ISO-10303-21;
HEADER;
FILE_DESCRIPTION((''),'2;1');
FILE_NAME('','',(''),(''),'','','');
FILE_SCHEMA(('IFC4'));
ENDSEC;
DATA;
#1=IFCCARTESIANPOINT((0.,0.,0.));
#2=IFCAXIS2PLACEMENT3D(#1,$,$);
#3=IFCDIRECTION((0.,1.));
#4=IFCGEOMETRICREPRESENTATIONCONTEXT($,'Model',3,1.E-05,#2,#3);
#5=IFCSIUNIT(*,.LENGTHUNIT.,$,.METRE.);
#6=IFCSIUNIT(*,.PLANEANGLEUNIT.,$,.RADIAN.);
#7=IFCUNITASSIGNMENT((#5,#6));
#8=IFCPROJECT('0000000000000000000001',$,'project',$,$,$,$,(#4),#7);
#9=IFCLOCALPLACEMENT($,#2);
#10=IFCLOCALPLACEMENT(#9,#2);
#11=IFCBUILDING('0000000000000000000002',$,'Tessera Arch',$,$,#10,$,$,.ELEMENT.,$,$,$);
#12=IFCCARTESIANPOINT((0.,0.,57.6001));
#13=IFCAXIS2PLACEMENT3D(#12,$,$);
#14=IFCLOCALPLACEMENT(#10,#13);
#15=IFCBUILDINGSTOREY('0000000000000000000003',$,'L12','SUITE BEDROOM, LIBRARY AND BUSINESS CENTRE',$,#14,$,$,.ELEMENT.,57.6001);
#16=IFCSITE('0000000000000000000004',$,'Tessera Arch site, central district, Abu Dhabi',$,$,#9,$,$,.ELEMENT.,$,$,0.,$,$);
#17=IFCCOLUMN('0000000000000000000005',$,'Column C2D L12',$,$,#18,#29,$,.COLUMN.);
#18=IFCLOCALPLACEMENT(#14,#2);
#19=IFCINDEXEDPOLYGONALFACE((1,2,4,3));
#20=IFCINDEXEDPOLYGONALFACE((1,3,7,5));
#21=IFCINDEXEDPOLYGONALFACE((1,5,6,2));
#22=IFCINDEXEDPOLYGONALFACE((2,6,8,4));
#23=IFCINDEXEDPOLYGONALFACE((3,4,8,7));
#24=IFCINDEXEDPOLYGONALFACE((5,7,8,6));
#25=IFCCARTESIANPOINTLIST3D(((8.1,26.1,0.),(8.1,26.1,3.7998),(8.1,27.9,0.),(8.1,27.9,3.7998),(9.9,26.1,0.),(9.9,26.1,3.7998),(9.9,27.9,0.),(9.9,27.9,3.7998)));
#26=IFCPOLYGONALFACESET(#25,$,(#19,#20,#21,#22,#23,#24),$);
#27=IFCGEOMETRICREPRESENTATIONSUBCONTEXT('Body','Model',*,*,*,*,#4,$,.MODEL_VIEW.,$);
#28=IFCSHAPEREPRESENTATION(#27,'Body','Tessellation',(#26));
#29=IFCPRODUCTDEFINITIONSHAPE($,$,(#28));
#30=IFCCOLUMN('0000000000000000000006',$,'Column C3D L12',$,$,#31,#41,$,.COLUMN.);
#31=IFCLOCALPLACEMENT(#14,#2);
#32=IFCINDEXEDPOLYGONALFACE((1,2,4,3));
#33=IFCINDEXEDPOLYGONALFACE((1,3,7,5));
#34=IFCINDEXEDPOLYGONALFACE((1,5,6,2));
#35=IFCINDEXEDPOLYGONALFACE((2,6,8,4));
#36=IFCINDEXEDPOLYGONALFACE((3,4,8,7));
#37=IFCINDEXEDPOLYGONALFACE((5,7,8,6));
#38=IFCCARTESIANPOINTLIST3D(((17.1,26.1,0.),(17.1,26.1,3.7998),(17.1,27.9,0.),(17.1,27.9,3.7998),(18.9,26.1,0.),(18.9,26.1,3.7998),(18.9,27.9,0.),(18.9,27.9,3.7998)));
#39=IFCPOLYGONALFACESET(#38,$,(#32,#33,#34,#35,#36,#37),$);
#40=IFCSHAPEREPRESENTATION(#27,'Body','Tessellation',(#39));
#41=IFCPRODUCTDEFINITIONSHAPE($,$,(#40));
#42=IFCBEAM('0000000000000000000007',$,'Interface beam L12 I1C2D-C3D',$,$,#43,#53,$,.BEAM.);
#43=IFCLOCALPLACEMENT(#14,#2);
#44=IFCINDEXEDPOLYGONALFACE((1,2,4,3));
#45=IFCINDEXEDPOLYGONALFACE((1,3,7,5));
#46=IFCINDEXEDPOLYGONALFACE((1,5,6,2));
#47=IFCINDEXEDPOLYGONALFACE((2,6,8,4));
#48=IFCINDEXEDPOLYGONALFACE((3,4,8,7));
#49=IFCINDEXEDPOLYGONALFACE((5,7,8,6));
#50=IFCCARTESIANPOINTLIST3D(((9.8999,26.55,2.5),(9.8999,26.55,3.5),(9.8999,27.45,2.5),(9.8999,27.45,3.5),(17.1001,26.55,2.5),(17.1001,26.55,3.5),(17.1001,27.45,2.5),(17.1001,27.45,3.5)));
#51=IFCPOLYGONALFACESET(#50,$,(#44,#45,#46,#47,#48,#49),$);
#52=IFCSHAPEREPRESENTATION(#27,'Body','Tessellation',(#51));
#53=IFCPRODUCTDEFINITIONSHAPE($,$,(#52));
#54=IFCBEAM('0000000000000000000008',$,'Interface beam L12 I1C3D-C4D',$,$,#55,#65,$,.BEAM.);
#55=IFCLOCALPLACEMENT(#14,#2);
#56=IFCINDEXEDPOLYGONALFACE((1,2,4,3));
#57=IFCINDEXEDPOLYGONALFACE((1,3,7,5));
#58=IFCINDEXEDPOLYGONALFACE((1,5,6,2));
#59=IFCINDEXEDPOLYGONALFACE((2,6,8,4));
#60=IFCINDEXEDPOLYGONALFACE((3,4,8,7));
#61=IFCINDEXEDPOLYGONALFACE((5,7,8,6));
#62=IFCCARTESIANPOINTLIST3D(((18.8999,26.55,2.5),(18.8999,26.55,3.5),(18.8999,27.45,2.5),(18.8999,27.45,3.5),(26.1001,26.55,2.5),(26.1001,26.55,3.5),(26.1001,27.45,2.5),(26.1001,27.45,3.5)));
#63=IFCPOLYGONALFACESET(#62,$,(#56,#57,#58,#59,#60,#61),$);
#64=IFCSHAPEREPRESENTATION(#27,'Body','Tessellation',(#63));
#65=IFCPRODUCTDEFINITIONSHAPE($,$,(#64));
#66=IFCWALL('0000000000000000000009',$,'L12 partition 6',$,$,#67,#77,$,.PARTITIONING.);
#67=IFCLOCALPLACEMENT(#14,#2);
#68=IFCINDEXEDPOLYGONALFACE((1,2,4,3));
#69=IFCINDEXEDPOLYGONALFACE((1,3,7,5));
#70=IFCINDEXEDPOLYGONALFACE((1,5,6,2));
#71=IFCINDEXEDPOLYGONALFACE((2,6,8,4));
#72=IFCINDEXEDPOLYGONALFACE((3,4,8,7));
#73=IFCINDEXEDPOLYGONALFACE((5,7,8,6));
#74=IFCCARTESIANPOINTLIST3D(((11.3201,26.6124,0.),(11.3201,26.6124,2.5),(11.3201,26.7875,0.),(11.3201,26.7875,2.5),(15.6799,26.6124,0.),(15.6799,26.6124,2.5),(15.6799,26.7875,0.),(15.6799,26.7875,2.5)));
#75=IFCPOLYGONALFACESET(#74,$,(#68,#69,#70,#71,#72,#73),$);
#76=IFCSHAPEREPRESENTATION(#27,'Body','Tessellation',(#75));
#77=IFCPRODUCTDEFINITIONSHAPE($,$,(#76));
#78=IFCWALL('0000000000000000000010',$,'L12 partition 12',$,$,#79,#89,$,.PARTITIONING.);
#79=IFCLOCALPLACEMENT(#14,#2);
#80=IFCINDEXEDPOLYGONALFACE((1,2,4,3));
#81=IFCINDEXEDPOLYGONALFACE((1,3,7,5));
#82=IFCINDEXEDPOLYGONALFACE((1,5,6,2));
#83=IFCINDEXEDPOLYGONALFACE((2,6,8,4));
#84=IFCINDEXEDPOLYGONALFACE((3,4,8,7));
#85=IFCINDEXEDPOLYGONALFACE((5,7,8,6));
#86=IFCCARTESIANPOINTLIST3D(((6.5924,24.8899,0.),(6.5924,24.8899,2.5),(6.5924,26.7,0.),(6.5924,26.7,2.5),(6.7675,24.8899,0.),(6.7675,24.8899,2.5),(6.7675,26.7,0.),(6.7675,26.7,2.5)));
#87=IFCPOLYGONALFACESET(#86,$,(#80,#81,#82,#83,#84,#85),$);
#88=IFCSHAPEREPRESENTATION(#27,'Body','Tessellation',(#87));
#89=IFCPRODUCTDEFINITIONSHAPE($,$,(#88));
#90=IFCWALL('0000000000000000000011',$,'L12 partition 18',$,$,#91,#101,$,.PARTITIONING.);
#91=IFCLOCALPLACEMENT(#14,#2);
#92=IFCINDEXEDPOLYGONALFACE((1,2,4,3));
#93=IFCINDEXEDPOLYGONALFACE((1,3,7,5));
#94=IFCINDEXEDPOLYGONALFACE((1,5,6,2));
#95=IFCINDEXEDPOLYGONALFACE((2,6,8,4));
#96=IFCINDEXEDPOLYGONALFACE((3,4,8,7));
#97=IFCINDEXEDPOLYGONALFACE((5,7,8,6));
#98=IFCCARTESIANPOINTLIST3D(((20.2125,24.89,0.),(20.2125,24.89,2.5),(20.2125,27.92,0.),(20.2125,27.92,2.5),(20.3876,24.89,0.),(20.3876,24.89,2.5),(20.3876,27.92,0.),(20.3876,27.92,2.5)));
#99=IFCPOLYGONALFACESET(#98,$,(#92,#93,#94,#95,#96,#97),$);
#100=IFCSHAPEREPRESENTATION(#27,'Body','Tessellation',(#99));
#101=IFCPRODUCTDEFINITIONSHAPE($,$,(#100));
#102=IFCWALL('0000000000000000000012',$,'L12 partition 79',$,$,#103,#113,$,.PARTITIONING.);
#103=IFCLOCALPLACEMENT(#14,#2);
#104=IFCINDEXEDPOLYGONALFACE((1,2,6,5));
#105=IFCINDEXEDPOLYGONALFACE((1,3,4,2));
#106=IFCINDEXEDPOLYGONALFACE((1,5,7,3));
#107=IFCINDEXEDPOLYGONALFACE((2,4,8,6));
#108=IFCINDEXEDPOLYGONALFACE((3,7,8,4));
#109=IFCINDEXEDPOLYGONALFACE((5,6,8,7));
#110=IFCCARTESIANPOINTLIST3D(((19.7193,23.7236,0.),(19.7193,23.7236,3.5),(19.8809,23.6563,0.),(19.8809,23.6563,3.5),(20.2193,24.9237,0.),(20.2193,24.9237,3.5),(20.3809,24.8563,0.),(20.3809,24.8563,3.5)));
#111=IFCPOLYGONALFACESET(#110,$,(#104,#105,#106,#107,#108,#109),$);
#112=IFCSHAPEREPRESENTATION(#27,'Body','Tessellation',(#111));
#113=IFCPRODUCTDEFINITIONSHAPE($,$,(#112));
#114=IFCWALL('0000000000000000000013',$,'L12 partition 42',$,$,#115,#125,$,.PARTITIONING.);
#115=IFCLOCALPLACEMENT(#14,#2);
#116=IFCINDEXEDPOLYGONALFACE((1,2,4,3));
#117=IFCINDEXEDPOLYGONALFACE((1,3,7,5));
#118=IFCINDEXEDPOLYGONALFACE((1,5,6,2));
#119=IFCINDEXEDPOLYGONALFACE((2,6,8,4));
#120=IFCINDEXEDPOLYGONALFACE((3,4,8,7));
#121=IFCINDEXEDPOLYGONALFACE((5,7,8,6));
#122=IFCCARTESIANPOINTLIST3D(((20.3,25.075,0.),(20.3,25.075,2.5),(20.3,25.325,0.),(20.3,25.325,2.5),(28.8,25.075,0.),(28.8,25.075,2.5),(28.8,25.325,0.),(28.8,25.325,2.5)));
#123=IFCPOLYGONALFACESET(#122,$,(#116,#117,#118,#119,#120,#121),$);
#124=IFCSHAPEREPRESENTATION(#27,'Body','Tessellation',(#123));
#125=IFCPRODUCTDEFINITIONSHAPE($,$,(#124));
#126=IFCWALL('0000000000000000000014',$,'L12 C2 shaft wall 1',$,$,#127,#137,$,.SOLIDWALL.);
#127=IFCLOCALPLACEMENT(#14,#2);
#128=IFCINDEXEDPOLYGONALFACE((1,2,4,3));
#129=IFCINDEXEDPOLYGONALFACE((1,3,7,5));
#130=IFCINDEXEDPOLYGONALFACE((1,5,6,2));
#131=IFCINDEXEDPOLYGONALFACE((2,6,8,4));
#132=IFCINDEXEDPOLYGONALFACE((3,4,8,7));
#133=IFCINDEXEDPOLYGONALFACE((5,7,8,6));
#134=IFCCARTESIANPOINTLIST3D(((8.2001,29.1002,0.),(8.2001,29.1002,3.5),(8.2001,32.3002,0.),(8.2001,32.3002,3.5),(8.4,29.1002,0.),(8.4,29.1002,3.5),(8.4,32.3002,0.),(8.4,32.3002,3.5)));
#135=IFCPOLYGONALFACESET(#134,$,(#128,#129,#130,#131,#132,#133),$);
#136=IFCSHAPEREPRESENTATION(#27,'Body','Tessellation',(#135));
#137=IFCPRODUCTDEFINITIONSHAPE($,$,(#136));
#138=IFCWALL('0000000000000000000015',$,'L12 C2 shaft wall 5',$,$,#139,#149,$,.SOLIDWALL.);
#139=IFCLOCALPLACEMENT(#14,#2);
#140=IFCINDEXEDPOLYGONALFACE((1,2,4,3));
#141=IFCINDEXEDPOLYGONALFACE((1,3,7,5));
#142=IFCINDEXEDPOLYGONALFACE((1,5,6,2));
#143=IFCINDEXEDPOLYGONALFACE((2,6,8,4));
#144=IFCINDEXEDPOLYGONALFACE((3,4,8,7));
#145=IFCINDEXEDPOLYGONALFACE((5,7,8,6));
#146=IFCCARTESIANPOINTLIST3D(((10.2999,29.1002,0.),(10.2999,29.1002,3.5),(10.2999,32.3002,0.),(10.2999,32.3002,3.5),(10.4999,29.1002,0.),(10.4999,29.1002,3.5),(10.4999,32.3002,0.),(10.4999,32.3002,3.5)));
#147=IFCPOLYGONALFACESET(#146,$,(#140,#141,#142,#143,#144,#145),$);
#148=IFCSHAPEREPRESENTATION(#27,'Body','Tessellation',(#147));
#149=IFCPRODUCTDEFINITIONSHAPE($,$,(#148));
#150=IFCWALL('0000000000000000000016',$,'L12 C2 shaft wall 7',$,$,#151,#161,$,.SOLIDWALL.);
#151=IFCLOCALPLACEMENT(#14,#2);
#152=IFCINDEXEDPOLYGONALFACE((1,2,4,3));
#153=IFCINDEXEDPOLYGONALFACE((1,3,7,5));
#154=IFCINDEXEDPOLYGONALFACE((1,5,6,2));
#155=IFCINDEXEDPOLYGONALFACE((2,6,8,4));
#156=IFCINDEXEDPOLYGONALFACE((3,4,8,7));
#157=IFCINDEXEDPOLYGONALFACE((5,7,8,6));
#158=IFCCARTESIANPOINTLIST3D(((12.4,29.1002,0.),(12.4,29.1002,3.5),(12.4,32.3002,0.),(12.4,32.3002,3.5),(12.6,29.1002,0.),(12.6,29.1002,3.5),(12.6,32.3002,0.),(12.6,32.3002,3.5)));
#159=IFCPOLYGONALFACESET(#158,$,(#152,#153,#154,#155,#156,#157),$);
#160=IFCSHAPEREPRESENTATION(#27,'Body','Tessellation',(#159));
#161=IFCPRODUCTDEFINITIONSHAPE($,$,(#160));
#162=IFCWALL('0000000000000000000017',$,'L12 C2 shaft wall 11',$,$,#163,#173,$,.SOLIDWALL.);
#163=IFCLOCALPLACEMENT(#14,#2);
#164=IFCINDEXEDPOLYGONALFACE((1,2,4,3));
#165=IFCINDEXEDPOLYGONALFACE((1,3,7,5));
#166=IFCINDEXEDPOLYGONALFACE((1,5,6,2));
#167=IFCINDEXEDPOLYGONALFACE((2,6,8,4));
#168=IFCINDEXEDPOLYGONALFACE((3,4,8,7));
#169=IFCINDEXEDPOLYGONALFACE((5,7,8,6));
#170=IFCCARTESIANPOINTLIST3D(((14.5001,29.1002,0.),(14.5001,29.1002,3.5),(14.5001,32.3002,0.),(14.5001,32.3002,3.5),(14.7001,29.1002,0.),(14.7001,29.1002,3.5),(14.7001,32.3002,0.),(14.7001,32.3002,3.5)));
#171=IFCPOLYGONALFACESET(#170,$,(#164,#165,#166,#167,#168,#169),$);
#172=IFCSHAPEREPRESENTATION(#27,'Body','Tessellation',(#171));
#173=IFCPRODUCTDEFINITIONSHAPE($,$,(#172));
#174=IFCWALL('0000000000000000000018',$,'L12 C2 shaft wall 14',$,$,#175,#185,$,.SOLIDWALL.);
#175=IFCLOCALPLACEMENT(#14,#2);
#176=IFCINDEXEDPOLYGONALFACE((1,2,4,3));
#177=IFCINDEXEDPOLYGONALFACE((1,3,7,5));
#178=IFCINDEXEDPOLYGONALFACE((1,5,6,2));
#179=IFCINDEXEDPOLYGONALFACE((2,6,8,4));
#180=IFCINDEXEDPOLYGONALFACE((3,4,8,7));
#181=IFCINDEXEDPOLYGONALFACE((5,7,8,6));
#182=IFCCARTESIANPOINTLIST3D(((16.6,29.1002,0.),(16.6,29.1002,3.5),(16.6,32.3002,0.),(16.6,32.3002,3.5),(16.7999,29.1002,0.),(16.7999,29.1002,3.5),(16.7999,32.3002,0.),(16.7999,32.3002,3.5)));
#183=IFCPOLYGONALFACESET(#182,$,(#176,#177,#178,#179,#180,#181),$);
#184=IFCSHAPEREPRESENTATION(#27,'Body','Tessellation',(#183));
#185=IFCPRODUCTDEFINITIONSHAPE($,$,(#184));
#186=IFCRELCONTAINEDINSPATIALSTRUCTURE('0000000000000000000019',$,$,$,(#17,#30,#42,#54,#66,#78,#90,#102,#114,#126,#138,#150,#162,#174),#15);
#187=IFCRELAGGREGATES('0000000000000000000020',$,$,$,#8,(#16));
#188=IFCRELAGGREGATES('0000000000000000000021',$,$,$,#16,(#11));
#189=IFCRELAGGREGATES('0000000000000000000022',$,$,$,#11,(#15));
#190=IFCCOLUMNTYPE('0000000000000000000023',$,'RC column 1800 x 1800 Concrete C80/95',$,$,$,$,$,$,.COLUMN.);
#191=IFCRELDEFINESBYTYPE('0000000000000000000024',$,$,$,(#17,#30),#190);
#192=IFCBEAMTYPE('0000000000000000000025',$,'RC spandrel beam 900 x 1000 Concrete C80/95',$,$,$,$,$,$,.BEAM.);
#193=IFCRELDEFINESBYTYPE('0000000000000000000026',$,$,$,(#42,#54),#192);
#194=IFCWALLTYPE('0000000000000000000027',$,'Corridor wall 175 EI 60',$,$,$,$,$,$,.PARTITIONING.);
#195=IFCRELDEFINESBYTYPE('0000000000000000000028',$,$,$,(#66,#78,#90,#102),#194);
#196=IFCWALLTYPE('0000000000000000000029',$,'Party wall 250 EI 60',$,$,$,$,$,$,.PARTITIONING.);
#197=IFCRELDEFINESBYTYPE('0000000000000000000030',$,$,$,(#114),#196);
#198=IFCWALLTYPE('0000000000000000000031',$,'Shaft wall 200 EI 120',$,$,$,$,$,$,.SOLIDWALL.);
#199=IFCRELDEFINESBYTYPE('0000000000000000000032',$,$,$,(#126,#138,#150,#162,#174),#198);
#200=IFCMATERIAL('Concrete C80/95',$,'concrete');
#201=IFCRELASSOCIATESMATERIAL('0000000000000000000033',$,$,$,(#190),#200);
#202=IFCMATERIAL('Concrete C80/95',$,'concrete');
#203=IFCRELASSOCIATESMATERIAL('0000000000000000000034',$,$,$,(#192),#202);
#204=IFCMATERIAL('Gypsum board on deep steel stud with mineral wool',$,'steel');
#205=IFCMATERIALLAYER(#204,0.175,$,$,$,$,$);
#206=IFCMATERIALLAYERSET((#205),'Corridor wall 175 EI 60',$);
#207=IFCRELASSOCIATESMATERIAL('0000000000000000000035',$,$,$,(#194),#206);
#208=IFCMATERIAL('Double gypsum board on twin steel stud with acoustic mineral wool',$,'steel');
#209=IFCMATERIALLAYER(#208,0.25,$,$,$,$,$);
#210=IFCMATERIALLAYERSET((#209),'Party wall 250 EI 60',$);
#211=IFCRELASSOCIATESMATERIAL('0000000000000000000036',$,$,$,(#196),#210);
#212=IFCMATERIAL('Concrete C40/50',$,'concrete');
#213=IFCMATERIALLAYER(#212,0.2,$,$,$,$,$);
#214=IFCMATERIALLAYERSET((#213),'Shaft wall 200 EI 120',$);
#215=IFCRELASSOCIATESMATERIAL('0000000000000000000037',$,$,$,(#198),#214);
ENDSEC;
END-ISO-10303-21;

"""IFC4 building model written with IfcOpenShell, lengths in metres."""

from ifc_helpers import new_model, si_unit, direction, frame, frame_2d, origin, origin_2d, place, context, subcontext, project, spatial, rectangle, extrude, material, layer, layer_set, material_profile, profile_set, type_object, element, save


model = new_model("IFC4")

# Units and contexts
model_context = context("Model", 3, precision=1e-05, world=origin(), true_north=direction((0.0, 1.0)))
body_context = subcontext(model_context, "Body", "Model", "MODEL_VIEW")
ifc_project = project(units=[si_unit("LENGTHUNIT", "METRE"), si_unit("PLANEANGLEUNIT", "RADIAN")], contexts=[model_context])

# Site, building, storey
site_placement = place(None, origin())
site = spatial("IfcSite", under=ifc_project, at=site_placement, Name="Tessera Arch site, central district, Abu Dhabi", CompositionType="ELEMENT", RefElevation=0.0)
building_placement = place(site_placement, origin())
building = spatial("IfcBuilding", under=site, at=building_placement, Name="Tessera Arch", CompositionType="ELEMENT")
storey_placement = place(building_placement, frame((0.0, 0.0, 57.6001)))
storey = spatial("IfcBuildingStorey", under=building, at=storey_placement, Name="L12", Description="SUITE BEDROOM, LIBRARY AND BUSINESS CENTRE", CompositionType="ELEMENT", Elevation=57.6001)

# Columns
ifc_material_1 = material(Name="Concrete C80/95", Category="concrete")
ifc_material_profile_1 = material_profile(ifc_material_1, rectangle(XDim=1.8, YDim=1.8, at=origin_2d()), Name="RC column 1800 x 1800 Concrete C80/95")
ifc_profile_set_1 = profile_set([ifc_material_profile_1], Name="Concrete C80/95")
column_type = type_object("IfcColumnType", Name="RC column 1800 x 1800 Concrete C80/95", PredefinedType="COLUMN", material=ifc_profile_set_1)
for number, where, z_axis, x_axis, name in (
    (1, (9.0, 27.0, 0.0), (0.0, 0.0, 1.0), (1.0, 0.0, 0.0), "Column C2D L12"),
    (2, (18.0, 27.0, 0.0), (0.0, 0.0, 1.0), (1.0, 0.0, 0.0), "Column C3D L12"),
):
    element("IfcColumn", number, at=place(storey_placement, frame(where, z_axis=z_axis, x_axis=x_axis)), inside=storey, type_object=column_type, Name=name, PredefinedType="COLUMN", context=body_context, shape_type="SweptSolid", body=[
        extrude(rectangle(XDim=1.8, YDim=1.8, at=origin_2d()), origin(), (0.0, 0.0, 1.0), 3.7998),
    ])

# Beams
ifc_material_2 = material(Name="Concrete C80/95", Category="concrete")
ifc_material_profile_2 = material_profile(ifc_material_2, rectangle(XDim=0.8999, YDim=1.0, at=origin_2d()), Name="RC spandrel beam 900 x 1000 Concrete C80/95")
ifc_profile_set_2 = profile_set([ifc_material_profile_2], Name="Concrete C80/95")
beam_type = type_object("IfcBeamType", Name="RC spandrel beam 900 x 1000 Concrete C80/95", PredefinedType="BEAM", material=ifc_profile_set_2)
for number, where, z_axis, x_axis, name in (
    (3, (9.8999, 27.0, 3.0), (1.0, 0.0, 0.0), (0.0, 1.0, 0.0), "Interface beam L12 I1C2D-C3D"),
    (4, (18.8999, 27.0, 3.0), (1.0, 0.0, 0.0), (0.0, 1.0, 0.0), "Interface beam L12 I1C3D-C4D"),
):
    element("IfcBeam", number, at=place(storey_placement, frame(where, z_axis=z_axis, x_axis=x_axis)), inside=storey, type_object=beam_type, Name=name, PredefinedType="BEAM", context=body_context, shape_type="SweptSolid", body=[
        extrude(rectangle(XDim=0.8999, YDim=1.0, at=origin_2d()), origin(), (0.0, 0.0, 1.0), 7.2002),
    ])

# Walls
ifc_material_3 = material(Name="Gypsum board on deep steel stud with mineral wool", Category="steel")
ifc_layer_1 = layer(ifc_material_3, 0.175)
ifc_layer_set_1 = layer_set([ifc_layer_1], Name="Corridor wall 175 EI 60")
wall_type_1 = type_object("IfcWallType", Name="Corridor wall 175 EI 60", PredefinedType="PARTITIONING", material=ifc_layer_set_1)
wall_1_placement = place(storey_placement, frame((11.3201, 26.7, 0.0), z_axis=(0.0, 0.0, 1.0), x_axis=(1.0, 0.0, 0.0)))
element("IfcWall", 5, at=wall_1_placement, inside=storey, type_object=wall_type_1, Name="L12 partition 6", PredefinedType="PARTITIONING", context=body_context, shape_type="SweptSolid", body=[
    extrude(rectangle(XDim=4.3599, YDim=0.175, at=frame_2d((2.1799, 0.0))), origin(), (0.0, 0.0, 1.0), 2.5),
])
wall_2_placement = place(storey_placement, frame((6.6799, 24.8899, 0.0), z_axis=(0.0, 0.0, 1.0), x_axis=(0.0, 1.0, 0.0)))
element("IfcWall", 6, at=wall_2_placement, inside=storey, type_object=wall_type_1, Name="L12 partition 12", PredefinedType="PARTITIONING", context=body_context, shape_type="SweptSolid", body=[
    extrude(rectangle(XDim=1.8101, YDim=0.175, at=frame_2d((0.905, 0.0))), origin(), (0.0, 0.0, 1.0), 2.5),
])
wall_3_placement = place(storey_placement, frame((20.3, 24.8899, 0.0), z_axis=(0.0, 0.0, 1.0), x_axis=(0.0, 1.0, 0.0)))
element("IfcWall", 7, at=wall_3_placement, inside=storey, type_object=wall_type_1, Name="L12 partition 18", PredefinedType="PARTITIONING", context=body_context, shape_type="SweptSolid", body=[
    extrude(rectangle(XDim=3.03, YDim=0.175, at=frame_2d((1.5151, 0.0))), origin(), (0.0, 0.0, 1.0), 2.5),
])
wall_4_placement = place(storey_placement, frame((20.3, 24.8899, 0.0), z_axis=(0.0, 0.0, 1.0), x_axis=(-0.384629, -0.923071, 0.0)))
element("IfcWall", 8, at=wall_4_placement, inside=storey, type_object=wall_type_1, Name="L12 partition 79", PredefinedType="PARTITIONING", context=body_context, shape_type="SweptSolid", body=[
    extrude(rectangle(XDim=1.3, YDim=0.175, at=frame_2d((0.6499, 0.0))), origin(), (0.0, 0.0, 1.0), 3.5),
])
ifc_material_4 = material(Name="Double gypsum board on twin steel stud with acoustic mineral wool", Category="steel")
ifc_layer_2 = layer(ifc_material_4, 0.25)
ifc_layer_set_2 = layer_set([ifc_layer_2], Name="Party wall 250 EI 60")
wall_type_2 = type_object("IfcWallType", Name="Party wall 250 EI 60", PredefinedType="PARTITIONING", material=ifc_layer_set_2)
wall_5_placement = place(storey_placement, frame((20.3, 25.2, 0.0), z_axis=(0.0, 0.0, 1.0), x_axis=(1.0, 0.0, 0.0)))
element("IfcWall", 9, at=wall_5_placement, inside=storey, type_object=wall_type_2, Name="L12 partition 42", PredefinedType="PARTITIONING", context=body_context, shape_type="SweptSolid", body=[
    extrude(rectangle(XDim=8.5, YDim=0.25, at=frame_2d((4.25, 0.0))), origin(), (0.0, 0.0, 1.0), 2.5),
])
ifc_material_5 = material(Name="Concrete C40/50", Category="concrete")
ifc_layer_3 = layer(ifc_material_5, 0.2)
ifc_layer_set_3 = layer_set([ifc_layer_3], Name="Shaft wall 200 EI 120")
wall_type_3 = type_object("IfcWallType", Name="Shaft wall 200 EI 120", PredefinedType="SOLIDWALL", material=ifc_layer_set_3)
for number, where, z_axis, x_axis, name in (
    (10, (8.3, 29.1001, 0.0), (0.0, 0.0, 1.0), (0.0, 1.0, 0.0), "L12 C2 shaft wall 1"),
    (11, (10.3999, 29.1001, 0.0), (0.0, 0.0, 1.0), (0.0, 1.0, 0.0), "L12 C2 shaft wall 5"),
    (12, (12.5, 29.1001, 0.0), (0.0, 0.0, 1.0), (0.0, 1.0, 0.0), "L12 C2 shaft wall 7"),
    (13, (14.6001, 29.1001, 0.0), (0.0, 0.0, 1.0), (0.0, 1.0, 0.0), "L12 C2 shaft wall 11"),
    (14, (16.7, 29.1001, 0.0), (0.0, 0.0, 1.0), (0.0, 1.0, 0.0), "L12 C2 shaft wall 14"),
):
    element("IfcWall", number, at=place(storey_placement, frame(where, z_axis=z_axis, x_axis=x_axis)), inside=storey, type_object=wall_type_3, Name=name, PredefinedType="SOLIDWALL", context=body_context, shape_type="SweptSolid", body=[
        extrude(rectangle(XDim=3.2, YDim=0.2, at=frame_2d((1.6001, 0.0))), origin(), (0.0, 0.0, 1.0), 3.5),
    ])

save(model, "model.ifc")
